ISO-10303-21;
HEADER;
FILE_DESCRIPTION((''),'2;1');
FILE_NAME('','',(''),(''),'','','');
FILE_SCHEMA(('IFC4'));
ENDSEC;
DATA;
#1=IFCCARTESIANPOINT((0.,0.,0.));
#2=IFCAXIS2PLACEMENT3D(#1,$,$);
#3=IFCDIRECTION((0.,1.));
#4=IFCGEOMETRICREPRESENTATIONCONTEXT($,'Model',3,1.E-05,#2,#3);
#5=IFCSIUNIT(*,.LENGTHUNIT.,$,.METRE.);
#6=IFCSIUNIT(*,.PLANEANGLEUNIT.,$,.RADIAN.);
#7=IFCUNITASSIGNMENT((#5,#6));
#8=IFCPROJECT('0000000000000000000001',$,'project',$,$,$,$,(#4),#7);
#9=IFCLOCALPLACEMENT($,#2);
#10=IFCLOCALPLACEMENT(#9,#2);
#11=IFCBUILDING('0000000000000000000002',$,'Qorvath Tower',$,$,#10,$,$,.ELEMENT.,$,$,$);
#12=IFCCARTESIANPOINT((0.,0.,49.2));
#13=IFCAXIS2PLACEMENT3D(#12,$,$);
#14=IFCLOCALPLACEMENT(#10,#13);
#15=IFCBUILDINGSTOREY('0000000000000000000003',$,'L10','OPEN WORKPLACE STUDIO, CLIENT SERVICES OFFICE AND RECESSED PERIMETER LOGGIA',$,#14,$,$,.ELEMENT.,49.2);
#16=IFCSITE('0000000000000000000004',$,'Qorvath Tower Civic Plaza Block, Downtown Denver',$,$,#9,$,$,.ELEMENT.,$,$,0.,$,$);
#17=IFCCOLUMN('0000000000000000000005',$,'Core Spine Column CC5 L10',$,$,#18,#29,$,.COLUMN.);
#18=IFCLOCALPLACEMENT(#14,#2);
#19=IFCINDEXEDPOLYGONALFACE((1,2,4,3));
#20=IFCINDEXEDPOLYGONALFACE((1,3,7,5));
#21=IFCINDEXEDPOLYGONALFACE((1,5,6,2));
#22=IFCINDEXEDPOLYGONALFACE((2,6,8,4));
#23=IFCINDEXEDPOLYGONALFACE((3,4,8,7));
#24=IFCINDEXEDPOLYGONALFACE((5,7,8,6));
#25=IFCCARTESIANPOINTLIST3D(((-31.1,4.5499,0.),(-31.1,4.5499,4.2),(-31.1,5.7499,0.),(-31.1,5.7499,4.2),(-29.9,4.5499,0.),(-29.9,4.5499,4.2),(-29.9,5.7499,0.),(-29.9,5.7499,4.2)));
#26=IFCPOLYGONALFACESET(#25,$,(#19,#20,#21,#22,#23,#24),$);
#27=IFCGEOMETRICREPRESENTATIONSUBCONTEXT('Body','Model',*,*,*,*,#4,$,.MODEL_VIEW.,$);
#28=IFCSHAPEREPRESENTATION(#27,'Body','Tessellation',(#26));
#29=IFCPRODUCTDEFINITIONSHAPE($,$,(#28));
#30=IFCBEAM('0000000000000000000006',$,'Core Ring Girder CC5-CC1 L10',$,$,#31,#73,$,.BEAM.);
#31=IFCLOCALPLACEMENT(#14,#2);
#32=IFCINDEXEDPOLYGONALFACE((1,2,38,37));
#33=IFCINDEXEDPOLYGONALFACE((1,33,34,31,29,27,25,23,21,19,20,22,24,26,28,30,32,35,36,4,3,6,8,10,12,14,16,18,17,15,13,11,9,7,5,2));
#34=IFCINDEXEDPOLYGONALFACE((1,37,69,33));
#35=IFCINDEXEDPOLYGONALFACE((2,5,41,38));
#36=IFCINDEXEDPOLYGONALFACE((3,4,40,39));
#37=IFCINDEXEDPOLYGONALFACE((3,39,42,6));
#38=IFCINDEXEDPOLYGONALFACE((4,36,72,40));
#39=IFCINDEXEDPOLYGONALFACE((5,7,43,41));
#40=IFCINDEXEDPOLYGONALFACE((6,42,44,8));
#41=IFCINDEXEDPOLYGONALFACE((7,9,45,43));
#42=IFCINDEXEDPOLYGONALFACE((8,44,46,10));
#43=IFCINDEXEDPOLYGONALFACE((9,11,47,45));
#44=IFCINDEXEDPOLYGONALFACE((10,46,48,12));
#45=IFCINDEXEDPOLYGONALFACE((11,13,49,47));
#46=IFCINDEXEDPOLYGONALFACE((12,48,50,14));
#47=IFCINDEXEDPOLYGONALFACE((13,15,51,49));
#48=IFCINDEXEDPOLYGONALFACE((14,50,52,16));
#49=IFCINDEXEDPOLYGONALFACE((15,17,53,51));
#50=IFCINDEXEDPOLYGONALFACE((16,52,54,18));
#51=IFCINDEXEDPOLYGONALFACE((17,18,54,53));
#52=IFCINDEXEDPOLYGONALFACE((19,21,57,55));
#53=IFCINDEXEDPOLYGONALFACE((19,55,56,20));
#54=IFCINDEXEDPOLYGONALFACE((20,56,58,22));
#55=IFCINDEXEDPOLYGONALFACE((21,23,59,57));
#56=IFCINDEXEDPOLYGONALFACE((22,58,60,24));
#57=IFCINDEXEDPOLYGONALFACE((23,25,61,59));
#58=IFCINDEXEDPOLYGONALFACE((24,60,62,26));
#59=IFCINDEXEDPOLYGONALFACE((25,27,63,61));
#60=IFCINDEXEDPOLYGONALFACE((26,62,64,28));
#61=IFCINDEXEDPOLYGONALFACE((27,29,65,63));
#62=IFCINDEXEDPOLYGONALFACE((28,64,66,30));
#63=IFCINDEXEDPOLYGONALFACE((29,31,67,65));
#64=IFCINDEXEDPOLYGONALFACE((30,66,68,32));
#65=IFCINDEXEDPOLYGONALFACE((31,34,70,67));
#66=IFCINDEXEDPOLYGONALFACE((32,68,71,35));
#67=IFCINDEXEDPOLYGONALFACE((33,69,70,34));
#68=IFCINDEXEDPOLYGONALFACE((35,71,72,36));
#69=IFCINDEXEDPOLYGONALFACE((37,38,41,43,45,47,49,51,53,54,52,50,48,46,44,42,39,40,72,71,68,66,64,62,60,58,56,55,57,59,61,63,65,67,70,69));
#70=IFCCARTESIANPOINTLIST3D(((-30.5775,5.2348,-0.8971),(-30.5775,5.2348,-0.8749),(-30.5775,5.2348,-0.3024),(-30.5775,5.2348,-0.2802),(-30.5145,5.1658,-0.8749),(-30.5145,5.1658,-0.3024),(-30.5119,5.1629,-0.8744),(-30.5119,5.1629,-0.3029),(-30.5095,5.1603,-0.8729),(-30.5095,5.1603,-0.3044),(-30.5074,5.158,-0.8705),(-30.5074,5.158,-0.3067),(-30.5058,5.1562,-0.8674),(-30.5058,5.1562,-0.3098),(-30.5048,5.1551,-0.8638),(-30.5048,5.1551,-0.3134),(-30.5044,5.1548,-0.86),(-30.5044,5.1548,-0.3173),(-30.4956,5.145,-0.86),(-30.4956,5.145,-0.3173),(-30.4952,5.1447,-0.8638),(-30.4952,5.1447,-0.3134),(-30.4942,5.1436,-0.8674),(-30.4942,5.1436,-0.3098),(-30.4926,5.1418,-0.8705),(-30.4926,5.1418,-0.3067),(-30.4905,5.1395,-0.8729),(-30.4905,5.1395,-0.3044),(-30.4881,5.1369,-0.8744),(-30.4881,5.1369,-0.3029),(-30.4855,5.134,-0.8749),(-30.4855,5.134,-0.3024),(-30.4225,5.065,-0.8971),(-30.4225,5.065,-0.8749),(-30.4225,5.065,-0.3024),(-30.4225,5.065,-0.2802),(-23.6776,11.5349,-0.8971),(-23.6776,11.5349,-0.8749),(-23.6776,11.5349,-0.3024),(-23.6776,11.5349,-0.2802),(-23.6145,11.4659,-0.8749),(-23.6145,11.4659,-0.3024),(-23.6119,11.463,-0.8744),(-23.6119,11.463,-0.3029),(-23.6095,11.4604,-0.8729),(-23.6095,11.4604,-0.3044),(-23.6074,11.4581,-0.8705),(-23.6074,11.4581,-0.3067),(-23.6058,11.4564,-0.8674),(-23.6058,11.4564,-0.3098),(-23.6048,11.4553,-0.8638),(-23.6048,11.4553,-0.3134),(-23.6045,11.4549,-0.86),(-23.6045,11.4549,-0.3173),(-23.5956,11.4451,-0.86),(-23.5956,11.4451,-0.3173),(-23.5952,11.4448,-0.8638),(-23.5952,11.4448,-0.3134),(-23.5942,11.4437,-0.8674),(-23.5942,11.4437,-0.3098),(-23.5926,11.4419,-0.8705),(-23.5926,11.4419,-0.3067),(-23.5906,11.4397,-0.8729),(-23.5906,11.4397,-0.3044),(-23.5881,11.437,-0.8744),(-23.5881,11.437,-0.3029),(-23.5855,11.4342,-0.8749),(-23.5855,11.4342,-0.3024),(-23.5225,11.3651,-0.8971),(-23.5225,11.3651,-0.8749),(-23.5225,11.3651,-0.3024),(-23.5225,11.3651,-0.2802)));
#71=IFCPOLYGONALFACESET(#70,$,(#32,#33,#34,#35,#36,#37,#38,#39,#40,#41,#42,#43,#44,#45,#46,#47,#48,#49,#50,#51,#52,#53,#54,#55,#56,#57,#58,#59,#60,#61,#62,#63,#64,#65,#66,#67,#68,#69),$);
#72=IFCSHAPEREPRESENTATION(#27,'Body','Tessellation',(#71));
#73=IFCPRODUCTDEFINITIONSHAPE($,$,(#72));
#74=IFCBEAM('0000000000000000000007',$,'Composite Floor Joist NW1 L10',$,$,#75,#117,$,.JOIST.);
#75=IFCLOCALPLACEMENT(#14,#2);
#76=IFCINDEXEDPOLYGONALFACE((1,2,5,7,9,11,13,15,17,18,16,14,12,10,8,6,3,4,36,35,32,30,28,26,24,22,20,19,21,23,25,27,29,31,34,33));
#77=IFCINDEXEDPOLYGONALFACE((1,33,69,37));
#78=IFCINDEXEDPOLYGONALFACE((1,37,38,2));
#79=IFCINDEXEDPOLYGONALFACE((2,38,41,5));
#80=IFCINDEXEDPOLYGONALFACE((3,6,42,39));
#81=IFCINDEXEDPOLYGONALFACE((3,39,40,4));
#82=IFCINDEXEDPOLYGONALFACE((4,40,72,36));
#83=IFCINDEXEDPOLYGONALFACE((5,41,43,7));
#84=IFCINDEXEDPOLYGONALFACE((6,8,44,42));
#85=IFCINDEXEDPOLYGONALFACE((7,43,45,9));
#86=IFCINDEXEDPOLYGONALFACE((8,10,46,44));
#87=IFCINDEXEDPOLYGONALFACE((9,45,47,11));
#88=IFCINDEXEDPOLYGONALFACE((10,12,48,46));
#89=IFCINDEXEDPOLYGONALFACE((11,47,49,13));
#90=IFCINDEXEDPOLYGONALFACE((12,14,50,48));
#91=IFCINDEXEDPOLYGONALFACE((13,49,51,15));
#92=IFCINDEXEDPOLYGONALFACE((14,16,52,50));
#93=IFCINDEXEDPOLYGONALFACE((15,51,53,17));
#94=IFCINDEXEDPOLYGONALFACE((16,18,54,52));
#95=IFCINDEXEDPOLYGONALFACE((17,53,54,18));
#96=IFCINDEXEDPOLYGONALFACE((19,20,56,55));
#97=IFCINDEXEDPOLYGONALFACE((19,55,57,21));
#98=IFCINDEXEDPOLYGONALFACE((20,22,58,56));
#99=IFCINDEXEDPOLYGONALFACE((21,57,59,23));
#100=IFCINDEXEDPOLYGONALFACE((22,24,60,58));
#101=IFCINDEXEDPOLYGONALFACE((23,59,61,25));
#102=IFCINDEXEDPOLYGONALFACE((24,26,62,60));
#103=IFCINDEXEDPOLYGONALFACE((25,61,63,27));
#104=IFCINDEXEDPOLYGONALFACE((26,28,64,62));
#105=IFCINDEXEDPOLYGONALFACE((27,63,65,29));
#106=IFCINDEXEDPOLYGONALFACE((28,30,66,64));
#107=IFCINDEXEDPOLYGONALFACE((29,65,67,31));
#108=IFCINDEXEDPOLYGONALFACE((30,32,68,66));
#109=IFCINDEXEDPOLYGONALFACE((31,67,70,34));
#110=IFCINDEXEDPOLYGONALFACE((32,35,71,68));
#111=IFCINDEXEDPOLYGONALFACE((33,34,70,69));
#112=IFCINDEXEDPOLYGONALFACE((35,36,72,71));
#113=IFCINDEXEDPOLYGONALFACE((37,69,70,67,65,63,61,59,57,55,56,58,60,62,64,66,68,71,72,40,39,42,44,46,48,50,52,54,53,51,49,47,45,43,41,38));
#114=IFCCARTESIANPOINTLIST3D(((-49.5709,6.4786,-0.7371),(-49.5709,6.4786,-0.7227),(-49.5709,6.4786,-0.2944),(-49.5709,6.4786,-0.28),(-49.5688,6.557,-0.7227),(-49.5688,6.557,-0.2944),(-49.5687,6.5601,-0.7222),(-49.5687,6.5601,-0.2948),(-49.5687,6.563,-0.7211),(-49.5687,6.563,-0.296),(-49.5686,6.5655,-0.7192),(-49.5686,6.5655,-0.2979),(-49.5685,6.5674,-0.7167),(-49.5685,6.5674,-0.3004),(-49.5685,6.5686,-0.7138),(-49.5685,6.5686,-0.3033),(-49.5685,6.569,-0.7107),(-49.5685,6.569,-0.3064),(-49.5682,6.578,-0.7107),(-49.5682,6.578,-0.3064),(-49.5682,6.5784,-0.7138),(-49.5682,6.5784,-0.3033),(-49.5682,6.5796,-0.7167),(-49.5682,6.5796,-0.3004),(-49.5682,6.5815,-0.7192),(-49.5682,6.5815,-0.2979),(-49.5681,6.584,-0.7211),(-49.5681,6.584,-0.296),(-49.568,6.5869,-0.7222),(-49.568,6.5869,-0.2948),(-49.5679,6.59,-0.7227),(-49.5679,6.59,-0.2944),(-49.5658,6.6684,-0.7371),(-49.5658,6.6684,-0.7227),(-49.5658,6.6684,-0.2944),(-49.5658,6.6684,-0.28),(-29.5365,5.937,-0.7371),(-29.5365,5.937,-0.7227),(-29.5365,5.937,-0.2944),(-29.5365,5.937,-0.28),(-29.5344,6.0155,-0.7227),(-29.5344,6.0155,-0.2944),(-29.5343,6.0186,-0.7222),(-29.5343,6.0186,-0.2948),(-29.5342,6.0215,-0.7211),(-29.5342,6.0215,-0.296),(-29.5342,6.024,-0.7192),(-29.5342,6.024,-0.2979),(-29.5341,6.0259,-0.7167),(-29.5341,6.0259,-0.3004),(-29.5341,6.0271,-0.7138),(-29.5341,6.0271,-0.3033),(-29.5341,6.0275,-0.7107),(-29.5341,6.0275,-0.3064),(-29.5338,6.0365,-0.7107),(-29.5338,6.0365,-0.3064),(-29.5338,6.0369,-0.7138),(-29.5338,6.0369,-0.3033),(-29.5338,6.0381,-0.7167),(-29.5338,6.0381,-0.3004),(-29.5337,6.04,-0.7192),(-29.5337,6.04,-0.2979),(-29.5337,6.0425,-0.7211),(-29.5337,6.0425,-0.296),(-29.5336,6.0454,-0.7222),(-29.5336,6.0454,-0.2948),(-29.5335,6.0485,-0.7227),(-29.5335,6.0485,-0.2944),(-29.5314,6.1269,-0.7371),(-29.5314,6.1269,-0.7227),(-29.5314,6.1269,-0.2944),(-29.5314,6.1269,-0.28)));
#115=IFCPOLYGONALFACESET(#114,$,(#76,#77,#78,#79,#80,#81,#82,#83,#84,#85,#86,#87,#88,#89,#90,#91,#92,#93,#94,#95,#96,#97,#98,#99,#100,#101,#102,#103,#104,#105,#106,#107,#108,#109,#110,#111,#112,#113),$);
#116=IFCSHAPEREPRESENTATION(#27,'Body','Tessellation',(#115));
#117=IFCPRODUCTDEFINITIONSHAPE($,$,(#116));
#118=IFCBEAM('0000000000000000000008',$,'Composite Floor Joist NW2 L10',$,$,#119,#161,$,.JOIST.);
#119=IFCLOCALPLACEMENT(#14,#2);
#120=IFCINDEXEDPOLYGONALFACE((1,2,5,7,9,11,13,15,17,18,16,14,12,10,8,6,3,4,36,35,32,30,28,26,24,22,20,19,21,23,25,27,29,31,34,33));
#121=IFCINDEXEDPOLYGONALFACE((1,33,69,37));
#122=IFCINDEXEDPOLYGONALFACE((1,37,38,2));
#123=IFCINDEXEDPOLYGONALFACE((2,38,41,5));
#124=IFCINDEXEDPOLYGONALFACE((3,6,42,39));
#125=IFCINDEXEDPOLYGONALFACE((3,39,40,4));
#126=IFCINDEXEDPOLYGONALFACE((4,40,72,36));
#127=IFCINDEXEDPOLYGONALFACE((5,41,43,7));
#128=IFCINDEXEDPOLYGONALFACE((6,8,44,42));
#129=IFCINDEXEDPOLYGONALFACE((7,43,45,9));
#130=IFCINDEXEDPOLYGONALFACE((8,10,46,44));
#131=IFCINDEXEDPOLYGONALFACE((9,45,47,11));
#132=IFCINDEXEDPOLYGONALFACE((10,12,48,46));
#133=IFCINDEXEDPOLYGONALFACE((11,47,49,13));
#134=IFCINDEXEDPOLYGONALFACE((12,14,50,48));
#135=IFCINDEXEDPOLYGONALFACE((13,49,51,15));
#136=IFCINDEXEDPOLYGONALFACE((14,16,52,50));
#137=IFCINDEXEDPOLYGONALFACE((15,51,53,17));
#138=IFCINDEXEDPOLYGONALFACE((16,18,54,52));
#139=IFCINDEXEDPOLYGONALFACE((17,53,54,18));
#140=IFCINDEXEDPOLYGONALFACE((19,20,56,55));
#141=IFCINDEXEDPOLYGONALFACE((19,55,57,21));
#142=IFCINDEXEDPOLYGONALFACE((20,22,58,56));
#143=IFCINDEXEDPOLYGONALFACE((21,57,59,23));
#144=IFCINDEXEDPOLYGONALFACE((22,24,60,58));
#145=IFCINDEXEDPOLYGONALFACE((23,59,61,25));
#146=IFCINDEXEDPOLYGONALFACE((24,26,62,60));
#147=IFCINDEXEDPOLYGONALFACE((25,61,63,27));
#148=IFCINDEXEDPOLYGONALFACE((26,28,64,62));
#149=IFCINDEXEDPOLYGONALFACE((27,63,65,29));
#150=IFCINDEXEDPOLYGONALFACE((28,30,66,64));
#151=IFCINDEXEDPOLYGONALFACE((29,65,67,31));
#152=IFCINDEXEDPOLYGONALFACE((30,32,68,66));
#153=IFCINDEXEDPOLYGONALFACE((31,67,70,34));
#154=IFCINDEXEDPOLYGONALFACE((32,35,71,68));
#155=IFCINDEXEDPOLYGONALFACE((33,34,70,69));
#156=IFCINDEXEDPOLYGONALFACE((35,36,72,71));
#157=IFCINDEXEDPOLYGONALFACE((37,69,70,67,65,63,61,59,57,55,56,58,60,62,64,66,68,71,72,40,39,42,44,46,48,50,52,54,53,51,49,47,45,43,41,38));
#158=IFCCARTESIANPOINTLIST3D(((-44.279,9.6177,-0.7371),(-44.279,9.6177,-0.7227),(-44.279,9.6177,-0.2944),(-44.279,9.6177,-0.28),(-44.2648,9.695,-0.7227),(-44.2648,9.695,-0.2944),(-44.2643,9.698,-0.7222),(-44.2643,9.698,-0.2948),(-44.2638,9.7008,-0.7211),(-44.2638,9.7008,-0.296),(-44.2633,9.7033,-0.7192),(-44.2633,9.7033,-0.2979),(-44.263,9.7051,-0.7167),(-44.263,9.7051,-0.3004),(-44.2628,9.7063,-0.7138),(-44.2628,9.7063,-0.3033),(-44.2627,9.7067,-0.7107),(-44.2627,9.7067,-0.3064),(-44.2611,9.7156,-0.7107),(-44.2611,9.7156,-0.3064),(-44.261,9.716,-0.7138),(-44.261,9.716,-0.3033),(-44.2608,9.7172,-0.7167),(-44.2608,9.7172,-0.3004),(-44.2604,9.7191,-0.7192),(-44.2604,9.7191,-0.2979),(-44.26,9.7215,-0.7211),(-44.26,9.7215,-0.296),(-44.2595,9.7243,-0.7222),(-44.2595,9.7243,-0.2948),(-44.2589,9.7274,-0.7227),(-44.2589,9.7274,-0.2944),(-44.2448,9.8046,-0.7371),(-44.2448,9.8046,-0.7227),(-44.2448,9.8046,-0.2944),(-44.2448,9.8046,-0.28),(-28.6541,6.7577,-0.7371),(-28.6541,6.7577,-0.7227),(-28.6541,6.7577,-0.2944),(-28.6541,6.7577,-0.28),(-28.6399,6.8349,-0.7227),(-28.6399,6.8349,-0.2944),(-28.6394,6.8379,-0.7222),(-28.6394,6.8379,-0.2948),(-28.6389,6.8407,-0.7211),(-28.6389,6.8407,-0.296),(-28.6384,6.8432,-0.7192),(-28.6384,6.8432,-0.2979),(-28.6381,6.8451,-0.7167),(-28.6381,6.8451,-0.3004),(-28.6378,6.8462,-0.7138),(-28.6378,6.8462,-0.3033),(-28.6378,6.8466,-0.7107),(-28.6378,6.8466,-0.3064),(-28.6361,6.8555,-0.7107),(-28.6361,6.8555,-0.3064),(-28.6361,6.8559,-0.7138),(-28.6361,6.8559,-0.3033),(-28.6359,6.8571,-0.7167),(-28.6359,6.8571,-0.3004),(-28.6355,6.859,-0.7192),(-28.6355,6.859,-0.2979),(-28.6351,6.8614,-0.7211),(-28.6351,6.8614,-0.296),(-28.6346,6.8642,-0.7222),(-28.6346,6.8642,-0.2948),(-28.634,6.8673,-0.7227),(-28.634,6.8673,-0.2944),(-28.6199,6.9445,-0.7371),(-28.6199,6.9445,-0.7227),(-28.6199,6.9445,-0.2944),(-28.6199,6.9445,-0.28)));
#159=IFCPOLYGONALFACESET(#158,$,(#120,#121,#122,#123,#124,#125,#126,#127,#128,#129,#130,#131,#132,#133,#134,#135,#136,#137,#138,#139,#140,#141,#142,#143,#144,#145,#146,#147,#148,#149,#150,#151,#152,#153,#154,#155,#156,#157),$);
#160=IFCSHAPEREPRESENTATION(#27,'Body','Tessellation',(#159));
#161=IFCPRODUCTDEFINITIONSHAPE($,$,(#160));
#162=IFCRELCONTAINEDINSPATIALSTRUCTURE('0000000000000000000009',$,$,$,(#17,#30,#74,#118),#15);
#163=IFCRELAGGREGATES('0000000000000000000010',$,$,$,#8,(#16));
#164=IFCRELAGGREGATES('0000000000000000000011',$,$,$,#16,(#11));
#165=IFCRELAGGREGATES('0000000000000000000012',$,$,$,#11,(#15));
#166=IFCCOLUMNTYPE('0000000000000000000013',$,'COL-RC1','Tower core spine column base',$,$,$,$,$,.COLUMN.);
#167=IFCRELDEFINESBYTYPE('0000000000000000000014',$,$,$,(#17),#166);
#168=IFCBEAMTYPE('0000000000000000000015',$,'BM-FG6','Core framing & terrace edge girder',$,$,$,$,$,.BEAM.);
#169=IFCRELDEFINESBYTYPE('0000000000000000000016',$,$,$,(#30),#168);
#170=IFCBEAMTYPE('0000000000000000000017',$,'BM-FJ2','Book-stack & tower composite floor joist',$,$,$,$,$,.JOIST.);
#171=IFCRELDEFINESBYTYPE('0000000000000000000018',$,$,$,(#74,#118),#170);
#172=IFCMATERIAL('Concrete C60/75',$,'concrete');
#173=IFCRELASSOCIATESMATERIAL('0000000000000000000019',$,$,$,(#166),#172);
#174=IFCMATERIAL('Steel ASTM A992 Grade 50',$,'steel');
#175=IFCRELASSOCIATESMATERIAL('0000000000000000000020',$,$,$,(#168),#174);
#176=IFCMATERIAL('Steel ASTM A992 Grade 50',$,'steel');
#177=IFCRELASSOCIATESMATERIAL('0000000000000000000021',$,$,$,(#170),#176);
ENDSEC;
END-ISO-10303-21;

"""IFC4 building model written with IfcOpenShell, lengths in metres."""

from ifc_helpers import new_model, si_unit, direction, frame, origin, origin_2d, place, context, subcontext, project, spatial, rectangle, i_section, extrude, material, material_profile, profile_set, type_object, element, save


model = new_model("IFC4")

# Units and contexts
model_context = context("Model", 3, precision=1e-05, world=origin(), true_north=direction((0.0, 1.0)))
body_context = subcontext(model_context, "Body", "Model", "MODEL_VIEW")
ifc_project = project(units=[si_unit("LENGTHUNIT", "METRE"), si_unit("PLANEANGLEUNIT", "RADIAN")], contexts=[model_context])

# Site, building, storey
site_placement = place(None, origin())
site = spatial("IfcSite", under=ifc_project, at=site_placement, Name="Qorvath Tower Civic Plaza Block, Downtown Denver", CompositionType="ELEMENT", RefElevation=0.0)
building_placement = place(site_placement, origin())
building = spatial("IfcBuilding", under=site, at=building_placement, Name="Qorvath Tower", CompositionType="ELEMENT")
storey_placement = place(building_placement, frame((0.0, 0.0, 49.2)))
storey = spatial("IfcBuildingStorey", under=building, at=storey_placement, Name="L10", Description="OPEN WORKPLACE STUDIO, CLIENT SERVICES OFFICE AND RECESSED PERIMETER LOGGIA", CompositionType="ELEMENT", Elevation=49.2)

# Column
ifc_material_1 = material(Name="Concrete C60/75", Category="concrete")
ifc_material_profile_1 = material_profile(ifc_material_1, rectangle(XDim=1.2, YDim=1.2, at=origin_2d()), Name="RC 1200x1200")
ifc_profile_set_1 = profile_set([ifc_material_profile_1], Name="Concrete C60/75")
column_type = type_object("IfcColumnType", Name="COL-RC1", Description="Tower core spine column base", PredefinedType="COLUMN", material=ifc_profile_set_1)
column_placement = place(storey_placement, frame((-30.5, 5.1499, 0.0), z_axis=(0.0, 0.0, 1.0), x_axis=(1.0, 0.0, 0.0)))
element("IfcColumn", 1, at=column_placement, inside=storey, type_object=column_type, Name="Core Spine Column CC5 L10", PredefinedType="COLUMN", context=body_context, shape_type="SweptSolid", body=[
    extrude(rectangle(XDim=1.2, YDim=1.2, at=origin_2d()), origin(), (0.0, 0.0, 1.0), 4.2),
])

# Beams
ifc_material_2 = material(Name="Steel ASTM A992 Grade 50", Category="steel")
ifc_material_profile_2 = material_profile(ifc_material_2, i_section(OverallWidth=0.23, OverallDepth=0.6169, WebThickness=0.0132, FlangeThickness=0.0222, FilletRadius=0.0149, at=origin_2d()), Name="W24x94")
ifc_profile_set_2 = profile_set([ifc_material_profile_2], Name="Steel ASTM A992 Grade 50")
beam_type_1 = type_object("IfcBeamType", Name="BM-FG6", Description="Core framing & terrace edge girder", PredefinedType="BEAM", material=ifc_profile_set_2)
beam_1_placement = place(storey_placement, frame((-30.5, 5.1499, -0.5886), z_axis=(0.738478, 0.674277, 0.0), x_axis=(-0.674277, 0.738478, 0.0)))
element("IfcBeam", 2, at=beam_1_placement, inside=storey, type_object=beam_type_1, Name="Core Ring Girder CC5-CC1 L10", PredefinedType="BEAM", context=body_context, shape_type="SweptSolid", body=[
    extrude(i_section(OverallWidth=0.23, OverallDepth=0.6169, WebThickness=0.0132, FlangeThickness=0.0222, FilletRadius=0.0149, at=origin_2d()), origin(), (0.0, 0.0, 1.0), 9.3435),
])
ifc_material_3 = material(Name="Steel ASTM A992 Grade 50", Category="steel")
ifc_material_profile_3 = material_profile(ifc_material_3, i_section(OverallWidth=0.1899, OverallDepth=0.457, WebThickness=0.009, FlangeThickness=0.0144, FilletRadius=0.012, at=origin_2d()), Name="W18x50")
ifc_profile_set_3 = profile_set([ifc_material_profile_3], Name="Steel ASTM A992 Grade 50")
beam_type_2 = type_object("IfcBeamType", Name="BM-FJ2", Description="Book-stack & tower composite floor joist", PredefinedType="JOIST", material=ifc_profile_set_3)
beam_2_placement = place(storey_placement, frame((-29.5339, 6.032, -0.5085), z_axis=(-0.999635, 0.027019, 0.0), x_axis=(-0.027019, -0.999635, 0.0)))
element("IfcBeam", 3, at=beam_2_placement, inside=storey, type_object=beam_type_2, Name="Composite Floor Joist NW1 L10", PredefinedType="JOIST", context=body_context, shape_type="SweptSolid", body=[
    extrude(i_section(OverallWidth=0.1899, OverallDepth=0.457, WebThickness=0.009, FlangeThickness=0.0144, FilletRadius=0.012, at=origin_2d()), origin(), (0.0, 0.0, 1.0), 20.0417),
])
beam_3_placement = place(storey_placement, frame((-28.637, 6.8511, -0.5085), z_axis=(-0.983656, 0.180055, 0.0), x_axis=(-0.180055, -0.983656, 0.0)))
element("IfcBeam", 4, at=beam_3_placement, inside=storey, type_object=beam_type_2, Name="Composite Floor Joist NW2 L10", PredefinedType="JOIST", context=body_context, shape_type="SweptSolid", body=[
    extrude(i_section(OverallWidth=0.1899, OverallDepth=0.457, WebThickness=0.009, FlangeThickness=0.0144, FilletRadius=0.012, at=origin_2d()), origin(), (0.0, 0.0, 1.0), 15.8845),
])

save(model, "model.ifc")
